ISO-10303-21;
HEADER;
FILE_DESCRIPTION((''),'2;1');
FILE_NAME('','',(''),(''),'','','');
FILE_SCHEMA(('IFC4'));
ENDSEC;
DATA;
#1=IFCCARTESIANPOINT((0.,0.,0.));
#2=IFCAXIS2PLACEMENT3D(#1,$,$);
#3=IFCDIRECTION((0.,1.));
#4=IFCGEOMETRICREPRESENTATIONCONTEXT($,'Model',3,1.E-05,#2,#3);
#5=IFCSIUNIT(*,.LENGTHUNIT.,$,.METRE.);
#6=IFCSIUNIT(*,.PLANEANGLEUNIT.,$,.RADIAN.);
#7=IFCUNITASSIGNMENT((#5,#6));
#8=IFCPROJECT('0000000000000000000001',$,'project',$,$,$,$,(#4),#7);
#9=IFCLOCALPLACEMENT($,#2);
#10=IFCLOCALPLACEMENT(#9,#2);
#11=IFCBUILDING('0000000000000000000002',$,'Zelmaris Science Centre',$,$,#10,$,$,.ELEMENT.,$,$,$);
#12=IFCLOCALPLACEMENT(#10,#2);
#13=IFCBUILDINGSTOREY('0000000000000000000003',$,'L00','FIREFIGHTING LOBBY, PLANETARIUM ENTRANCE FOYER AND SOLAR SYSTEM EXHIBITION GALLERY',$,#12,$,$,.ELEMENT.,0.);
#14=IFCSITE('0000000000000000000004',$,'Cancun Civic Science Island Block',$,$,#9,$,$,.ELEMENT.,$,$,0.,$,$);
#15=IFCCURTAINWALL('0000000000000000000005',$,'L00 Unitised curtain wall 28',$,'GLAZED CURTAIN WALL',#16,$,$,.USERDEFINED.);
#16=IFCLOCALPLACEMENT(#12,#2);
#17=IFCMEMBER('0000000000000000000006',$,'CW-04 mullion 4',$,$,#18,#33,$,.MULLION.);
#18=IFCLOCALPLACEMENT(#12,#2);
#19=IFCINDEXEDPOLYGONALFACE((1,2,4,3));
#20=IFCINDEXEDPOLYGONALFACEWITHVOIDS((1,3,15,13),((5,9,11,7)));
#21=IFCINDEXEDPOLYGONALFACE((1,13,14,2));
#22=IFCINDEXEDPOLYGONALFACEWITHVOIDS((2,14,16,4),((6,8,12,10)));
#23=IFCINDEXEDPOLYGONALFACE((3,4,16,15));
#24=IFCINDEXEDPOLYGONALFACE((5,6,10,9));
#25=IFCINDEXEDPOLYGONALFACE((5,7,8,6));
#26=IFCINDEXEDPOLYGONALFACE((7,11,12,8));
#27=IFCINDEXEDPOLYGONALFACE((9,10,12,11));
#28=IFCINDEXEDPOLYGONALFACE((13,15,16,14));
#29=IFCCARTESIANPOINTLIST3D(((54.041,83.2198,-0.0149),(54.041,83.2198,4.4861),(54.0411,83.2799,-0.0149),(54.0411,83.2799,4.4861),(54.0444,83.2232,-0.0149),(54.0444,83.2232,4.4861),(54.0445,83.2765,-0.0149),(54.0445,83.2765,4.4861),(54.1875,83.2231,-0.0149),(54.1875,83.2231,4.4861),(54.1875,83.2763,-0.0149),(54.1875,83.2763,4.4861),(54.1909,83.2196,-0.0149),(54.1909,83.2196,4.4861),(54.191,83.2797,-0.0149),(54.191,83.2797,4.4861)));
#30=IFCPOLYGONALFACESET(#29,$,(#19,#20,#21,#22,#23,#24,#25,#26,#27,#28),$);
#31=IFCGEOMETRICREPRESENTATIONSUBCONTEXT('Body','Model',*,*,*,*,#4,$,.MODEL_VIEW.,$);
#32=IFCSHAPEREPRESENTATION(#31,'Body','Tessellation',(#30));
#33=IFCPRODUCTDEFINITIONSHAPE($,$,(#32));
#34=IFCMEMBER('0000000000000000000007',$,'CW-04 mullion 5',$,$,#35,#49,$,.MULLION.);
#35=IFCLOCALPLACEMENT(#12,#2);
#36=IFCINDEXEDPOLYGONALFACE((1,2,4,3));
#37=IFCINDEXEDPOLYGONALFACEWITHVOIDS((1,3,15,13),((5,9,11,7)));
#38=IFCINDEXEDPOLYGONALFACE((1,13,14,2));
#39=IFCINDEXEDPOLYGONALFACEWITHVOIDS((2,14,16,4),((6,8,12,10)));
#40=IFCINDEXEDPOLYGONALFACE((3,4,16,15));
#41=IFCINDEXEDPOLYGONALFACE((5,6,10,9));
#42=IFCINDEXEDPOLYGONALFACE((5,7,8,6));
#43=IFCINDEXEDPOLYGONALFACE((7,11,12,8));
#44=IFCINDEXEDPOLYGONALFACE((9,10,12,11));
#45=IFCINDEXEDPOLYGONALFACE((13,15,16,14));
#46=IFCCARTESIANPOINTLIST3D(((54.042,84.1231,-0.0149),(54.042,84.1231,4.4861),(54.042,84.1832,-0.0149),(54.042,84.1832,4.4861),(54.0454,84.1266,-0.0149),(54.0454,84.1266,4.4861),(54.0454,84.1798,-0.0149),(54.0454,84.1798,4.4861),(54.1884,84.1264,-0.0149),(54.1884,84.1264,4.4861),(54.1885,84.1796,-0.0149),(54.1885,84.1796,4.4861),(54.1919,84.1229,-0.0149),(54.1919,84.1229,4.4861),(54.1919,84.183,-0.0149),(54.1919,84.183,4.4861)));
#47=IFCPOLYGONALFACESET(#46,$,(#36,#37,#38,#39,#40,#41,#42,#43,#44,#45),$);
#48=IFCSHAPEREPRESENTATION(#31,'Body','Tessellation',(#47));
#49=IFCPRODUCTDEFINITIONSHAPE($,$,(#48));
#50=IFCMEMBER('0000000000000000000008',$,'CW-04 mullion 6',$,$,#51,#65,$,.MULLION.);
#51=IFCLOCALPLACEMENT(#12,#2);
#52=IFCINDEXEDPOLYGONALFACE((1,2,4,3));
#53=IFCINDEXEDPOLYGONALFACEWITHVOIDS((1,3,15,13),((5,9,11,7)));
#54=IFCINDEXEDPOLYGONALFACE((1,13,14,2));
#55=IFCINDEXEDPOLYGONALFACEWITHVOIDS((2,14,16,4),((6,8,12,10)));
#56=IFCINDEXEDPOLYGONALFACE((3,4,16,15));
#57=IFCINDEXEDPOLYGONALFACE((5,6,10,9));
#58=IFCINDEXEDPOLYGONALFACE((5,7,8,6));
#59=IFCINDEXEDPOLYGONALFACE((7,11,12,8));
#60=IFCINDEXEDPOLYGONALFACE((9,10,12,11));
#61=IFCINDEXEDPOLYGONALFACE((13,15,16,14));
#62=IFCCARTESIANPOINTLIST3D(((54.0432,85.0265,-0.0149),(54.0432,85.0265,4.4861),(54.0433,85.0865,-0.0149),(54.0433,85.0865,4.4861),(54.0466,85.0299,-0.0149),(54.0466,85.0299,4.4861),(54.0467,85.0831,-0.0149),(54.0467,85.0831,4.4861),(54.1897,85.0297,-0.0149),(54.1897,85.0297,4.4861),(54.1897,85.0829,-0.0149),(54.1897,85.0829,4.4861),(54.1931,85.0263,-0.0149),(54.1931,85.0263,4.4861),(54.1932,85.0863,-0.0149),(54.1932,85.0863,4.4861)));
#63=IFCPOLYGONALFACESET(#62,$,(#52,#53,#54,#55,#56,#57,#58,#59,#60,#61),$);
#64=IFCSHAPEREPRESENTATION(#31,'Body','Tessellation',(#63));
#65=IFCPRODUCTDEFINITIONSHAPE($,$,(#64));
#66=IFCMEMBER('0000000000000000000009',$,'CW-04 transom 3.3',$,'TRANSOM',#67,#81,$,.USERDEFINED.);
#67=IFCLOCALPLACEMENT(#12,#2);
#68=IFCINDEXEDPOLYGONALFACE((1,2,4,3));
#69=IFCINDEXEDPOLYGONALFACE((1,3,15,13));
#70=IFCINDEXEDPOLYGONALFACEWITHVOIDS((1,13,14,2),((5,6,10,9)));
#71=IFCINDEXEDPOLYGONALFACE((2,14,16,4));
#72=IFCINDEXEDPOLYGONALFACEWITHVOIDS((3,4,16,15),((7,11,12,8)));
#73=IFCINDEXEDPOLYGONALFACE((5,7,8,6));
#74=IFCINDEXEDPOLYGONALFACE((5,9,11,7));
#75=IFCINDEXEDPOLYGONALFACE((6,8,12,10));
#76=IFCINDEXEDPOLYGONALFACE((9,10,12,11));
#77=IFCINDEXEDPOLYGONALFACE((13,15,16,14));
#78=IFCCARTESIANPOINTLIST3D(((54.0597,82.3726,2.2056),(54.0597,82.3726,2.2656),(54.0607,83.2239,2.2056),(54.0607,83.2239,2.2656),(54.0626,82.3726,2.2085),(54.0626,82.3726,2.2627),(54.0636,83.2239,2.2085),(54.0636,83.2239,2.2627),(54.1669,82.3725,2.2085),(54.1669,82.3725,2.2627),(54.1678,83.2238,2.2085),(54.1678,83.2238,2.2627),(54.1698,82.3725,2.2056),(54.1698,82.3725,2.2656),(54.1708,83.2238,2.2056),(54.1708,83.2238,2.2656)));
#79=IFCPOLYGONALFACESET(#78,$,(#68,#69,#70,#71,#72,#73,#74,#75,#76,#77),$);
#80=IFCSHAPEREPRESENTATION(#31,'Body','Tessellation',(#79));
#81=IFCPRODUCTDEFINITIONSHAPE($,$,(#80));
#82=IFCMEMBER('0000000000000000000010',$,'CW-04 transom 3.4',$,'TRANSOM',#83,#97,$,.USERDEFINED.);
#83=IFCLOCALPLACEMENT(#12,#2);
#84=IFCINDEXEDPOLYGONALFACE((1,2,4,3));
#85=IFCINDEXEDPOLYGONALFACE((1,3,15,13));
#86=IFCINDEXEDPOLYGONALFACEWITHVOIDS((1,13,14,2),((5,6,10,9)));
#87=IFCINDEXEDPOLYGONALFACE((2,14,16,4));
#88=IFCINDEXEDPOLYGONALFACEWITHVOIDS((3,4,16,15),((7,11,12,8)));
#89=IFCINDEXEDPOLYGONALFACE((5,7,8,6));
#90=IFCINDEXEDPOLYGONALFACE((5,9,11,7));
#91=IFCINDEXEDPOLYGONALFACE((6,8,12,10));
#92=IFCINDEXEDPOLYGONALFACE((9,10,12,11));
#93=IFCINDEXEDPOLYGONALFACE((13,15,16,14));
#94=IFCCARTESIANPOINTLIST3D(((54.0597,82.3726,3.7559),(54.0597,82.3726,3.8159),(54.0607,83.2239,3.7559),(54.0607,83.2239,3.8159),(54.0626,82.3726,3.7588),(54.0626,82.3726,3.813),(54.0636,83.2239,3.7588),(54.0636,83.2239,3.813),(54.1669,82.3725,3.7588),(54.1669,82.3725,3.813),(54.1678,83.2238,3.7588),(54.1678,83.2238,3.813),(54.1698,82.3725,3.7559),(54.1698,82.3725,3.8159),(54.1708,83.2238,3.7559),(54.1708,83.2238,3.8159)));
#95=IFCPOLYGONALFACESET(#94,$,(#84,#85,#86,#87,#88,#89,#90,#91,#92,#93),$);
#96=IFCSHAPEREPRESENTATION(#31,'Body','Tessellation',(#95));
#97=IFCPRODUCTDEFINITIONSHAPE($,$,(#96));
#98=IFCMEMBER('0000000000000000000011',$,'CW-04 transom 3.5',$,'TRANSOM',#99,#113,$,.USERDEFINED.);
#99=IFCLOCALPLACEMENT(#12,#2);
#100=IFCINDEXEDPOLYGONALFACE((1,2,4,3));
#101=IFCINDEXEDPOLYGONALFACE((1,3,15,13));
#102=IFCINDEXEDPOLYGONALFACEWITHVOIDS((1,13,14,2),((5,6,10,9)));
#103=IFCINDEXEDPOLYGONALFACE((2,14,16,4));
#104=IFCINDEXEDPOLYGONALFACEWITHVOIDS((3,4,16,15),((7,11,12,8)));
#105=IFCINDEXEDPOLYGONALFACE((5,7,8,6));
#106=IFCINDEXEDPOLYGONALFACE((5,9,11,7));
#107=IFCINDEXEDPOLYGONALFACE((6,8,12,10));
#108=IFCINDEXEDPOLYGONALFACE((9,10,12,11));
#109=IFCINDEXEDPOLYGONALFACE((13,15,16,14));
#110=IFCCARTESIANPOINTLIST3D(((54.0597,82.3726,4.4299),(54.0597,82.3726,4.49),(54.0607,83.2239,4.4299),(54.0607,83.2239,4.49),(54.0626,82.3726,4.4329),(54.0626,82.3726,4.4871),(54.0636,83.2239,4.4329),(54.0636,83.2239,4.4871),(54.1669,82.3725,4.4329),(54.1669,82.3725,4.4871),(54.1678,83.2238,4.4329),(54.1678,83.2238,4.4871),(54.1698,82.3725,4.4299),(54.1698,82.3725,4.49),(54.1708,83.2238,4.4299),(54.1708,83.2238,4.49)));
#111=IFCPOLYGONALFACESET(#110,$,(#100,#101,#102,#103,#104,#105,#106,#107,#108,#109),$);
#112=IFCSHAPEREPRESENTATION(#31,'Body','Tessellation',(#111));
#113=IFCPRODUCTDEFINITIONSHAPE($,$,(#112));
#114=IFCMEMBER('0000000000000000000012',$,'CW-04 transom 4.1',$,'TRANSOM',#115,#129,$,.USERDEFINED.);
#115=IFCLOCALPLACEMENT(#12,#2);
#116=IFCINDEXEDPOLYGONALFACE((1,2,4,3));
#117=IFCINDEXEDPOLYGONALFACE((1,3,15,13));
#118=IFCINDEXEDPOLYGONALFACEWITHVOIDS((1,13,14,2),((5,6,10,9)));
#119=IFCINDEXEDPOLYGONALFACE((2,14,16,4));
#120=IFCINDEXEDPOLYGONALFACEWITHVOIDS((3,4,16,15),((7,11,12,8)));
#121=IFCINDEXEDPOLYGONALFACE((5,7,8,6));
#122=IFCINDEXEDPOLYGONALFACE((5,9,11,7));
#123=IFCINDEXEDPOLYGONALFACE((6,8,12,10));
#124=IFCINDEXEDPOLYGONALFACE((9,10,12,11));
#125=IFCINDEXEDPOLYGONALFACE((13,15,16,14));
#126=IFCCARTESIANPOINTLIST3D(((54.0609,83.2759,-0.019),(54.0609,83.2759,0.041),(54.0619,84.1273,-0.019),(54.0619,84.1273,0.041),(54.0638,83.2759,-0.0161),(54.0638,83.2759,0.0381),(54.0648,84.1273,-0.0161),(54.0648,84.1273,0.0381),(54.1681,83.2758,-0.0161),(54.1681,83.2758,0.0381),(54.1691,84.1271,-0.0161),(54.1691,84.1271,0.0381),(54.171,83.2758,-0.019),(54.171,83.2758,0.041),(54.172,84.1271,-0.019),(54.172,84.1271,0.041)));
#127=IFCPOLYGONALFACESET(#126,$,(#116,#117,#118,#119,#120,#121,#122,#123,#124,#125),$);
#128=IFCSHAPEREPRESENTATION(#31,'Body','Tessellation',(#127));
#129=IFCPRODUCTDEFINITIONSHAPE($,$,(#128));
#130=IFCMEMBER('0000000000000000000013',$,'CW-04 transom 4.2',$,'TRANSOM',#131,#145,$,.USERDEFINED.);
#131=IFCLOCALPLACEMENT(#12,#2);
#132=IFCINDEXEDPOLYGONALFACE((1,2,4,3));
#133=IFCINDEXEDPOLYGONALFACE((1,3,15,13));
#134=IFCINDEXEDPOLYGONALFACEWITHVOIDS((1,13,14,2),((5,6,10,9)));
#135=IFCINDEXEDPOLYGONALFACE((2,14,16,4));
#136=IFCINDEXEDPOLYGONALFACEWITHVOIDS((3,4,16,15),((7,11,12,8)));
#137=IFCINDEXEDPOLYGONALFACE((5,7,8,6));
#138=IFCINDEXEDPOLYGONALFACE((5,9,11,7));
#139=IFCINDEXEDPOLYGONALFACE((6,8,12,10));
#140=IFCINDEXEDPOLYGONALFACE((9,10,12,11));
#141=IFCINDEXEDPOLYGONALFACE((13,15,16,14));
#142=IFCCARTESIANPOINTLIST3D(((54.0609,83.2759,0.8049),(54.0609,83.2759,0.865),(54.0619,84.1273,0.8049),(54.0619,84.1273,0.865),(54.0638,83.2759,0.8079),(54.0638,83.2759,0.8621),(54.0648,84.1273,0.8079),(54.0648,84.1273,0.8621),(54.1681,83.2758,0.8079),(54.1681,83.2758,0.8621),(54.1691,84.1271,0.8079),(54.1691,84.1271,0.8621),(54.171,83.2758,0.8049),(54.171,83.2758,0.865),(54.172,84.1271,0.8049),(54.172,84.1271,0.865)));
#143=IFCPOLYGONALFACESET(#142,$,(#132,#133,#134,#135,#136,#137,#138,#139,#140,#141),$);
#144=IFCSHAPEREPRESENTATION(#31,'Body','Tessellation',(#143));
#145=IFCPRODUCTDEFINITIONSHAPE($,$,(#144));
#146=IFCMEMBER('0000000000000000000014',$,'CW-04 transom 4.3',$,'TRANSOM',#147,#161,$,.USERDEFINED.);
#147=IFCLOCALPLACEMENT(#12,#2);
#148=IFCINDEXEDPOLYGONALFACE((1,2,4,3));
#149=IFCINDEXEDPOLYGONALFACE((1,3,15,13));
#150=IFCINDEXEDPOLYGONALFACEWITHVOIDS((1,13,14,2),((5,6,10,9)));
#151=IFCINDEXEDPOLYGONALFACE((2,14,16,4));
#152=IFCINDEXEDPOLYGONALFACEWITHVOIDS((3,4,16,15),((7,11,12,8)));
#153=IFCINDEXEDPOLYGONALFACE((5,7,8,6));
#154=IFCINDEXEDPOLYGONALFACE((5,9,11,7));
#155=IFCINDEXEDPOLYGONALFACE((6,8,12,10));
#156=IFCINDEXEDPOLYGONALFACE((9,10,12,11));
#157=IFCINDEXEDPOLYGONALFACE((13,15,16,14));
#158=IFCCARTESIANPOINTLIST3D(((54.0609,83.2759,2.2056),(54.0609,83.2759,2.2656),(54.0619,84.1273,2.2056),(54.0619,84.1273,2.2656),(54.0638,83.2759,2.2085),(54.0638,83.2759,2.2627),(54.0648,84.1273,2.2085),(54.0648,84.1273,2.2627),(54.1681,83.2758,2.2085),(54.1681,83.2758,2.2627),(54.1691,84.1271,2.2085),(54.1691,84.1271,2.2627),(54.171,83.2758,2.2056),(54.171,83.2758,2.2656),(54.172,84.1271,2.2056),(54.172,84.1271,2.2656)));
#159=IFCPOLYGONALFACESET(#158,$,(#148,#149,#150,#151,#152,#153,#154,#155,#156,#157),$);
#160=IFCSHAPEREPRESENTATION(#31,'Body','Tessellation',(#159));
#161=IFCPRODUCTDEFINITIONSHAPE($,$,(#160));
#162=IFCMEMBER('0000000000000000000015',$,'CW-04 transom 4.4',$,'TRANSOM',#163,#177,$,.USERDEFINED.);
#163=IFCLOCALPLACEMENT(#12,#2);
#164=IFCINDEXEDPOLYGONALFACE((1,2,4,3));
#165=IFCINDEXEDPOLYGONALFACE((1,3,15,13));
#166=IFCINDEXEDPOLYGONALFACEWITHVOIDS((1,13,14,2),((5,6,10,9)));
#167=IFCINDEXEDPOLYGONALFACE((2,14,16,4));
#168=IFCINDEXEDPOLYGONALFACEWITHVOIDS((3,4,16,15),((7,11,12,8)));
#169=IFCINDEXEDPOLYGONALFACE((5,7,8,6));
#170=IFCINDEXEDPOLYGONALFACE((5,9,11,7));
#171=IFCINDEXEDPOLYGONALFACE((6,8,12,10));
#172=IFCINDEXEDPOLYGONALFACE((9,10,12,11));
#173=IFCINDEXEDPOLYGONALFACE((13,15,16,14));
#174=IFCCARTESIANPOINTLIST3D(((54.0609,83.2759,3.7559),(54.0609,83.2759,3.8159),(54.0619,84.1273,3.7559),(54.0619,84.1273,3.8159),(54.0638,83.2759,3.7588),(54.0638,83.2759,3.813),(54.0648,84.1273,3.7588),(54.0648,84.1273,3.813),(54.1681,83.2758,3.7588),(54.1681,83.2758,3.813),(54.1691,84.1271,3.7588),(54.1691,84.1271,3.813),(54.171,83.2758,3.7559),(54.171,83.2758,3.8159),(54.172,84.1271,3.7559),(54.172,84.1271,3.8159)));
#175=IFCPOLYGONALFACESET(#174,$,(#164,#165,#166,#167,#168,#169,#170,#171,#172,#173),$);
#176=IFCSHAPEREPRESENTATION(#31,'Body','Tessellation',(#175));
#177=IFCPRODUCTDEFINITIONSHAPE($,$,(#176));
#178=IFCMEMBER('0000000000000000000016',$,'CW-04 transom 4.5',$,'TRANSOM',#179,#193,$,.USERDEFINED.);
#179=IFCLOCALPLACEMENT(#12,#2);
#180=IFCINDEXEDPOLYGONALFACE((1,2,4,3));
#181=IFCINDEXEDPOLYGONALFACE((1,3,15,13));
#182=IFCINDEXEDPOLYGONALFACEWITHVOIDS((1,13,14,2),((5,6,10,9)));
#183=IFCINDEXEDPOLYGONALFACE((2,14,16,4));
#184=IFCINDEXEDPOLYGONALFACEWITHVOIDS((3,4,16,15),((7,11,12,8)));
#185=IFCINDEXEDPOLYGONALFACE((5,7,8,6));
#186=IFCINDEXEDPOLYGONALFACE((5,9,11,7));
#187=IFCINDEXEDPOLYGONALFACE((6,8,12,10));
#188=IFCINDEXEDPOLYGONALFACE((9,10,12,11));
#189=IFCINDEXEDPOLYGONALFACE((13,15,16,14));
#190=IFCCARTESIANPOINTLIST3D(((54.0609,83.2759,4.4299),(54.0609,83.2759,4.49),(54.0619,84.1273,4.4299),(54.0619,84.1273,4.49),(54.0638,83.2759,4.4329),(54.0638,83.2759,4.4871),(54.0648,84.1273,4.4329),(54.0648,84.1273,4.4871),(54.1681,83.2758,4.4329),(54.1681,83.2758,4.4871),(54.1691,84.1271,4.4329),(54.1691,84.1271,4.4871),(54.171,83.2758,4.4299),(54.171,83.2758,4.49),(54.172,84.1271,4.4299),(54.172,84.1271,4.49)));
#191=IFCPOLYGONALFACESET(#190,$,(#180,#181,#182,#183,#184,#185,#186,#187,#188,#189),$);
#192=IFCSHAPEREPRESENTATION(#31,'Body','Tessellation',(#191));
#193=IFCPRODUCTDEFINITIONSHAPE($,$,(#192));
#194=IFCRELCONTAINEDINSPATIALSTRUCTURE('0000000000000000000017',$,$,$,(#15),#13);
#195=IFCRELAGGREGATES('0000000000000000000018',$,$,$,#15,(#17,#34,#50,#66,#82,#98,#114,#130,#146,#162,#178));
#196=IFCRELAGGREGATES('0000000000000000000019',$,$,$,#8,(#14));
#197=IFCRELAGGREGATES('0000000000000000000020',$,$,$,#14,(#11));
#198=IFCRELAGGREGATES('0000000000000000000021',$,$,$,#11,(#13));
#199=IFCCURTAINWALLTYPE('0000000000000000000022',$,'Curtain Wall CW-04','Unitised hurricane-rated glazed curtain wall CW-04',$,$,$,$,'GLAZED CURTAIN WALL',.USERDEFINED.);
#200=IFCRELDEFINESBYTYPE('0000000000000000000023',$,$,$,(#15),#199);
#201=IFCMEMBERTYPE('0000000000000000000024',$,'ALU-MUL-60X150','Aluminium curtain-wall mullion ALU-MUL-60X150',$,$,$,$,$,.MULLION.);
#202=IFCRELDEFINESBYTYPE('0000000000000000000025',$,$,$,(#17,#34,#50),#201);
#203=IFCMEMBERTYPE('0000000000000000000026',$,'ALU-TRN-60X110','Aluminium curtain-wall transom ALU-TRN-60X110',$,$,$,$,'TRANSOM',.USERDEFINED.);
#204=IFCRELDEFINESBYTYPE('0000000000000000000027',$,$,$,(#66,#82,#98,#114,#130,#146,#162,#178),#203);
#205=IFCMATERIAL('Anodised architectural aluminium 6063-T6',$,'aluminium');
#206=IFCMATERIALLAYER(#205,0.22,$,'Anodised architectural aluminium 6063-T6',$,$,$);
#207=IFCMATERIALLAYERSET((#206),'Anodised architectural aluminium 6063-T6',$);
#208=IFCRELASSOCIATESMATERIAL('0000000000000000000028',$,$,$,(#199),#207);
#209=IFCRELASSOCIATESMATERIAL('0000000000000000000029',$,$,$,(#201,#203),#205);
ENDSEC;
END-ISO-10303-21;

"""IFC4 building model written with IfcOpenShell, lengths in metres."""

from ifc_helpers import new_model, si_unit, direction, frame, origin, origin_2d, place, context, subcontext, project, spatial, hollow_rectangle, extrude, material, layer, layer_set, material_profile, profile_set, type_object, element, aggregate, save


model = new_model("IFC4")

# Units and contexts
model_context = context("Model", 3, precision=1e-05, world=origin(), true_north=direction((0.0, 1.0)))
body_context = subcontext(model_context, "Body", "Model", "MODEL_VIEW")
ifc_project = project(units=[si_unit("LENGTHUNIT", "METRE"), si_unit("PLANEANGLEUNIT", "RADIAN")], contexts=[model_context])

# Site, building, storey
site_placement = place(None, origin())
site = spatial("IfcSite", under=ifc_project, at=site_placement, Name="Cancun Civic Science Island Block", CompositionType="ELEMENT", RefElevation=0.0)
building_placement = place(site_placement, origin())
building = spatial("IfcBuilding", under=site, at=building_placement, Name="Zelmaris Science Centre", CompositionType="ELEMENT")
storey_placement = place(building_placement, origin())
storey = spatial("IfcBuildingStorey", under=building, at=storey_placement, Name="L00", Description="FIREFIGHTING LOBBY, PLANETARIUM ENTRANCE FOYER AND SOLAR SYSTEM EXHIBITION GALLERY", CompositionType="ELEMENT", Elevation=0.0)

# Curtain wall, members
ifc_material_1 = material(Name="Anodised architectural aluminium 6063-T6", Category="aluminium")
ifc_layer_1 = layer(ifc_material_1, 0.22, Name="Anodised architectural aluminium 6063-T6")
ifc_layer_set_1 = layer_set([ifc_layer_1], Name="Anodised architectural aluminium 6063-T6")
curtain_wall_type = type_object("IfcCurtainWallType", Name="Curtain Wall CW-04", Description="Unitised hurricane-rated glazed curtain wall CW-04", ElementType="GLAZED CURTAIN WALL", PredefinedType="USERDEFINED", material=ifc_layer_set_1)
curtain_wall_placement = place(storey_placement, origin())
curtain_wall = element("IfcCurtainWall", 1, at=curtain_wall_placement, inside=storey, type_object=curtain_wall_type, Name="L00 Unitised curtain wall 28", ObjectType="GLAZED CURTAIN WALL", PredefinedType="USERDEFINED")
ifc_material_profile_1 = material_profile(ifc_material_1, hollow_rectangle(XDim=0.0601, YDim=0.1499, WallThickness=0.0034, at=origin_2d()), Name="ALU-MUL-60X150")
ifc_profile_set_1 = profile_set([ifc_material_profile_1], Name="Anodised architectural aluminium 6063-T6")
member_type_1 = type_object("IfcMemberType", Name="ALU-MUL-60X150", Description="Aluminium curtain-wall mullion ALU-MUL-60X150", PredefinedType="MULLION", material=ifc_profile_set_1)
member_1_placement = place(storey_placement, frame((54.116, 83.2498, -0.0149), z_axis=(0.0, 0.0, 1.0), x_axis=(0.001307, 0.999999, 0.0)))
member_1 = element("IfcMember", 2, at=member_1_placement, type_object=member_type_1, Name="CW-04 mullion 4", PredefinedType="MULLION", context=body_context, shape_type="SweptSolid", body=[
    extrude(hollow_rectangle(XDim=0.0601, YDim=0.1499, WallThickness=0.0034, at=origin_2d()), origin(), (0.0, 0.0, 1.0), 4.501),
])
member_2_placement = place(storey_placement, frame((54.1169, 84.1531, -0.0149), z_axis=(0.0, 0.0, 1.0), x_axis=(0.001307, 0.999999, 0.0)))
member_2 = element("IfcMember", 3, at=member_2_placement, type_object=member_type_1, Name="CW-04 mullion 5", PredefinedType="MULLION", context=body_context, shape_type="SweptSolid", body=[
    extrude(hollow_rectangle(XDim=0.0601, YDim=0.1499, WallThickness=0.0034, at=origin_2d()), origin(), (0.0, 0.0, 1.0), 4.501),
])
member_3_placement = place(storey_placement, frame((54.1182, 85.0564, -0.0149), z_axis=(0.0, 0.0, 1.0), x_axis=(0.001307, 0.999999, 0.0)))
member_3 = element("IfcMember", 4, at=member_3_placement, type_object=member_type_1, Name="CW-04 mullion 6", PredefinedType="MULLION", context=body_context, shape_type="SweptSolid", body=[
    extrude(hollow_rectangle(XDim=0.0601, YDim=0.1499, WallThickness=0.0034, at=origin_2d()), origin(), (0.0, 0.0, 1.0), 4.501),
])
ifc_material_profile_2 = material_profile(ifc_material_1, hollow_rectangle(XDim=0.0601, YDim=0.1101, WallThickness=0.0029, at=origin_2d()), Name="ALU-TRN-60X110")
ifc_profile_set_2 = profile_set([ifc_material_profile_2], Name="Anodised architectural aluminium 6063-T6")
member_type_2 = type_object("IfcMemberType", Name="ALU-TRN-60X110", Description="Aluminium curtain-wall transom ALU-TRN-60X110", ElementType="TRANSOM", PredefinedType="USERDEFINED", material=ifc_profile_set_2)
member_4_placement = place(storey_placement, frame((54.1147, 82.3726, 2.2356), z_axis=(0.001147, 0.999999, 0.0), x_axis=(0.0, 0.0, 1.0)))
member_4 = element("IfcMember", 5, at=member_4_placement, type_object=member_type_2, Name="CW-04 transom 3.3", ObjectType="TRANSOM", PredefinedType="USERDEFINED", context=body_context, shape_type="SweptSolid", body=[
    extrude(hollow_rectangle(XDim=0.0601, YDim=0.1101, WallThickness=0.0029, at=origin_2d()), origin(), (0.0, 0.0, 1.0), 0.8513),
])
member_5_placement = place(storey_placement, frame((54.1147, 82.3726, 3.7859), z_axis=(0.001147, 0.999999, 0.0), x_axis=(0.0, 0.0, 1.0)))
member_5 = element("IfcMember", 6, at=member_5_placement, type_object=member_type_2, Name="CW-04 transom 3.4", ObjectType="TRANSOM", PredefinedType="USERDEFINED", context=body_context, shape_type="SweptSolid", body=[
    extrude(hollow_rectangle(XDim=0.0601, YDim=0.1101, WallThickness=0.0029, at=origin_2d()), origin(), (0.0, 0.0, 1.0), 0.8513),
])
member_6_placement = place(storey_placement, frame((54.1147, 82.3726, 4.46), z_axis=(0.001147, 0.999999, 0.0), x_axis=(0.0, 0.0, 1.0)))
member_6 = element("IfcMember", 7, at=member_6_placement, type_object=member_type_2, Name="CW-04 transom 3.5", ObjectType="TRANSOM", PredefinedType="USERDEFINED", context=body_context, shape_type="SweptSolid", body=[
    extrude(hollow_rectangle(XDim=0.0601, YDim=0.1101, WallThickness=0.0029, at=origin_2d()), origin(), (0.0, 0.0, 1.0), 0.8513),
])
member_7_placement = place(storey_placement, frame((54.116, 83.2759, 0.011), z_axis=(0.001147, 0.999999, 0.0), x_axis=(0.0, 0.0, 1.0)))
member_7 = element("IfcMember", 8, at=member_7_placement, type_object=member_type_2, Name="CW-04 transom 4.1", ObjectType="TRANSOM", PredefinedType="USERDEFINED", context=body_context, shape_type="SweptSolid", body=[
    extrude(hollow_rectangle(XDim=0.0601, YDim=0.1101, WallThickness=0.0029, at=origin_2d()), origin(), (0.0, 0.0, 1.0), 0.8513),
])
member_8_placement = place(storey_placement, frame((54.116, 83.2759, 0.835), z_axis=(0.001147, 0.999999, 0.0), x_axis=(0.0, 0.0, 1.0)))
member_8 = element("IfcMember", 9, at=member_8_placement, type_object=member_type_2, Name="CW-04 transom 4.2", ObjectType="TRANSOM", PredefinedType="USERDEFINED", context=body_context, shape_type="SweptSolid", body=[
    extrude(hollow_rectangle(XDim=0.0601, YDim=0.1101, WallThickness=0.0029, at=origin_2d()), origin(), (0.0, 0.0, 1.0), 0.8513),
])
member_9_placement = place(storey_placement, frame((54.116, 83.2759, 2.2356), z_axis=(0.001147, 0.999999, 0.0), x_axis=(0.0, 0.0, 1.0)))
member_9 = element("IfcMember", 10, at=member_9_placement, type_object=member_type_2, Name="CW-04 transom 4.3", ObjectType="TRANSOM", PredefinedType="USERDEFINED", context=body_context, shape_type="SweptSolid", body=[
    extrude(hollow_rectangle(XDim=0.0601, YDim=0.1101, WallThickness=0.0029, at=origin_2d()), origin(), (0.0, 0.0, 1.0), 0.8513),
])
member_10_placement = place(storey_placement, frame((54.116, 83.2759, 3.7859), z_axis=(0.001147, 0.999999, 0.0), x_axis=(0.0, 0.0, 1.0)))
member_10 = element("IfcMember", 11, at=member_10_placement, type_object=member_type_2, Name="CW-04 transom 4.4", ObjectType="TRANSOM", PredefinedType="USERDEFINED", context=body_context, shape_type="SweptSolid", body=[
    extrude(hollow_rectangle(XDim=0.0601, YDim=0.1101, WallThickness=0.0029, at=origin_2d()), origin(), (0.0, 0.0, 1.0), 0.8513),
])
member_11_placement = place(storey_placement, frame((54.116, 83.2759, 4.46), z_axis=(0.001147, 0.999999, 0.0), x_axis=(0.0, 0.0, 1.0)))
member_11 = element("IfcMember", 12, at=member_11_placement, type_object=member_type_2, Name="CW-04 transom 4.5", ObjectType="TRANSOM", PredefinedType="USERDEFINED", context=body_context, shape_type="SweptSolid", body=[
    extrude(hollow_rectangle(XDim=0.0601, YDim=0.1101, WallThickness=0.0029, at=origin_2d()), origin(), (0.0, 0.0, 1.0), 0.8513),
])
aggregate(curtain_wall, [member_1, member_2, member_3, member_4, member_5, member_6, member_7, member_8, member_9, member_10, member_11])

save(model, "model.ifc")
